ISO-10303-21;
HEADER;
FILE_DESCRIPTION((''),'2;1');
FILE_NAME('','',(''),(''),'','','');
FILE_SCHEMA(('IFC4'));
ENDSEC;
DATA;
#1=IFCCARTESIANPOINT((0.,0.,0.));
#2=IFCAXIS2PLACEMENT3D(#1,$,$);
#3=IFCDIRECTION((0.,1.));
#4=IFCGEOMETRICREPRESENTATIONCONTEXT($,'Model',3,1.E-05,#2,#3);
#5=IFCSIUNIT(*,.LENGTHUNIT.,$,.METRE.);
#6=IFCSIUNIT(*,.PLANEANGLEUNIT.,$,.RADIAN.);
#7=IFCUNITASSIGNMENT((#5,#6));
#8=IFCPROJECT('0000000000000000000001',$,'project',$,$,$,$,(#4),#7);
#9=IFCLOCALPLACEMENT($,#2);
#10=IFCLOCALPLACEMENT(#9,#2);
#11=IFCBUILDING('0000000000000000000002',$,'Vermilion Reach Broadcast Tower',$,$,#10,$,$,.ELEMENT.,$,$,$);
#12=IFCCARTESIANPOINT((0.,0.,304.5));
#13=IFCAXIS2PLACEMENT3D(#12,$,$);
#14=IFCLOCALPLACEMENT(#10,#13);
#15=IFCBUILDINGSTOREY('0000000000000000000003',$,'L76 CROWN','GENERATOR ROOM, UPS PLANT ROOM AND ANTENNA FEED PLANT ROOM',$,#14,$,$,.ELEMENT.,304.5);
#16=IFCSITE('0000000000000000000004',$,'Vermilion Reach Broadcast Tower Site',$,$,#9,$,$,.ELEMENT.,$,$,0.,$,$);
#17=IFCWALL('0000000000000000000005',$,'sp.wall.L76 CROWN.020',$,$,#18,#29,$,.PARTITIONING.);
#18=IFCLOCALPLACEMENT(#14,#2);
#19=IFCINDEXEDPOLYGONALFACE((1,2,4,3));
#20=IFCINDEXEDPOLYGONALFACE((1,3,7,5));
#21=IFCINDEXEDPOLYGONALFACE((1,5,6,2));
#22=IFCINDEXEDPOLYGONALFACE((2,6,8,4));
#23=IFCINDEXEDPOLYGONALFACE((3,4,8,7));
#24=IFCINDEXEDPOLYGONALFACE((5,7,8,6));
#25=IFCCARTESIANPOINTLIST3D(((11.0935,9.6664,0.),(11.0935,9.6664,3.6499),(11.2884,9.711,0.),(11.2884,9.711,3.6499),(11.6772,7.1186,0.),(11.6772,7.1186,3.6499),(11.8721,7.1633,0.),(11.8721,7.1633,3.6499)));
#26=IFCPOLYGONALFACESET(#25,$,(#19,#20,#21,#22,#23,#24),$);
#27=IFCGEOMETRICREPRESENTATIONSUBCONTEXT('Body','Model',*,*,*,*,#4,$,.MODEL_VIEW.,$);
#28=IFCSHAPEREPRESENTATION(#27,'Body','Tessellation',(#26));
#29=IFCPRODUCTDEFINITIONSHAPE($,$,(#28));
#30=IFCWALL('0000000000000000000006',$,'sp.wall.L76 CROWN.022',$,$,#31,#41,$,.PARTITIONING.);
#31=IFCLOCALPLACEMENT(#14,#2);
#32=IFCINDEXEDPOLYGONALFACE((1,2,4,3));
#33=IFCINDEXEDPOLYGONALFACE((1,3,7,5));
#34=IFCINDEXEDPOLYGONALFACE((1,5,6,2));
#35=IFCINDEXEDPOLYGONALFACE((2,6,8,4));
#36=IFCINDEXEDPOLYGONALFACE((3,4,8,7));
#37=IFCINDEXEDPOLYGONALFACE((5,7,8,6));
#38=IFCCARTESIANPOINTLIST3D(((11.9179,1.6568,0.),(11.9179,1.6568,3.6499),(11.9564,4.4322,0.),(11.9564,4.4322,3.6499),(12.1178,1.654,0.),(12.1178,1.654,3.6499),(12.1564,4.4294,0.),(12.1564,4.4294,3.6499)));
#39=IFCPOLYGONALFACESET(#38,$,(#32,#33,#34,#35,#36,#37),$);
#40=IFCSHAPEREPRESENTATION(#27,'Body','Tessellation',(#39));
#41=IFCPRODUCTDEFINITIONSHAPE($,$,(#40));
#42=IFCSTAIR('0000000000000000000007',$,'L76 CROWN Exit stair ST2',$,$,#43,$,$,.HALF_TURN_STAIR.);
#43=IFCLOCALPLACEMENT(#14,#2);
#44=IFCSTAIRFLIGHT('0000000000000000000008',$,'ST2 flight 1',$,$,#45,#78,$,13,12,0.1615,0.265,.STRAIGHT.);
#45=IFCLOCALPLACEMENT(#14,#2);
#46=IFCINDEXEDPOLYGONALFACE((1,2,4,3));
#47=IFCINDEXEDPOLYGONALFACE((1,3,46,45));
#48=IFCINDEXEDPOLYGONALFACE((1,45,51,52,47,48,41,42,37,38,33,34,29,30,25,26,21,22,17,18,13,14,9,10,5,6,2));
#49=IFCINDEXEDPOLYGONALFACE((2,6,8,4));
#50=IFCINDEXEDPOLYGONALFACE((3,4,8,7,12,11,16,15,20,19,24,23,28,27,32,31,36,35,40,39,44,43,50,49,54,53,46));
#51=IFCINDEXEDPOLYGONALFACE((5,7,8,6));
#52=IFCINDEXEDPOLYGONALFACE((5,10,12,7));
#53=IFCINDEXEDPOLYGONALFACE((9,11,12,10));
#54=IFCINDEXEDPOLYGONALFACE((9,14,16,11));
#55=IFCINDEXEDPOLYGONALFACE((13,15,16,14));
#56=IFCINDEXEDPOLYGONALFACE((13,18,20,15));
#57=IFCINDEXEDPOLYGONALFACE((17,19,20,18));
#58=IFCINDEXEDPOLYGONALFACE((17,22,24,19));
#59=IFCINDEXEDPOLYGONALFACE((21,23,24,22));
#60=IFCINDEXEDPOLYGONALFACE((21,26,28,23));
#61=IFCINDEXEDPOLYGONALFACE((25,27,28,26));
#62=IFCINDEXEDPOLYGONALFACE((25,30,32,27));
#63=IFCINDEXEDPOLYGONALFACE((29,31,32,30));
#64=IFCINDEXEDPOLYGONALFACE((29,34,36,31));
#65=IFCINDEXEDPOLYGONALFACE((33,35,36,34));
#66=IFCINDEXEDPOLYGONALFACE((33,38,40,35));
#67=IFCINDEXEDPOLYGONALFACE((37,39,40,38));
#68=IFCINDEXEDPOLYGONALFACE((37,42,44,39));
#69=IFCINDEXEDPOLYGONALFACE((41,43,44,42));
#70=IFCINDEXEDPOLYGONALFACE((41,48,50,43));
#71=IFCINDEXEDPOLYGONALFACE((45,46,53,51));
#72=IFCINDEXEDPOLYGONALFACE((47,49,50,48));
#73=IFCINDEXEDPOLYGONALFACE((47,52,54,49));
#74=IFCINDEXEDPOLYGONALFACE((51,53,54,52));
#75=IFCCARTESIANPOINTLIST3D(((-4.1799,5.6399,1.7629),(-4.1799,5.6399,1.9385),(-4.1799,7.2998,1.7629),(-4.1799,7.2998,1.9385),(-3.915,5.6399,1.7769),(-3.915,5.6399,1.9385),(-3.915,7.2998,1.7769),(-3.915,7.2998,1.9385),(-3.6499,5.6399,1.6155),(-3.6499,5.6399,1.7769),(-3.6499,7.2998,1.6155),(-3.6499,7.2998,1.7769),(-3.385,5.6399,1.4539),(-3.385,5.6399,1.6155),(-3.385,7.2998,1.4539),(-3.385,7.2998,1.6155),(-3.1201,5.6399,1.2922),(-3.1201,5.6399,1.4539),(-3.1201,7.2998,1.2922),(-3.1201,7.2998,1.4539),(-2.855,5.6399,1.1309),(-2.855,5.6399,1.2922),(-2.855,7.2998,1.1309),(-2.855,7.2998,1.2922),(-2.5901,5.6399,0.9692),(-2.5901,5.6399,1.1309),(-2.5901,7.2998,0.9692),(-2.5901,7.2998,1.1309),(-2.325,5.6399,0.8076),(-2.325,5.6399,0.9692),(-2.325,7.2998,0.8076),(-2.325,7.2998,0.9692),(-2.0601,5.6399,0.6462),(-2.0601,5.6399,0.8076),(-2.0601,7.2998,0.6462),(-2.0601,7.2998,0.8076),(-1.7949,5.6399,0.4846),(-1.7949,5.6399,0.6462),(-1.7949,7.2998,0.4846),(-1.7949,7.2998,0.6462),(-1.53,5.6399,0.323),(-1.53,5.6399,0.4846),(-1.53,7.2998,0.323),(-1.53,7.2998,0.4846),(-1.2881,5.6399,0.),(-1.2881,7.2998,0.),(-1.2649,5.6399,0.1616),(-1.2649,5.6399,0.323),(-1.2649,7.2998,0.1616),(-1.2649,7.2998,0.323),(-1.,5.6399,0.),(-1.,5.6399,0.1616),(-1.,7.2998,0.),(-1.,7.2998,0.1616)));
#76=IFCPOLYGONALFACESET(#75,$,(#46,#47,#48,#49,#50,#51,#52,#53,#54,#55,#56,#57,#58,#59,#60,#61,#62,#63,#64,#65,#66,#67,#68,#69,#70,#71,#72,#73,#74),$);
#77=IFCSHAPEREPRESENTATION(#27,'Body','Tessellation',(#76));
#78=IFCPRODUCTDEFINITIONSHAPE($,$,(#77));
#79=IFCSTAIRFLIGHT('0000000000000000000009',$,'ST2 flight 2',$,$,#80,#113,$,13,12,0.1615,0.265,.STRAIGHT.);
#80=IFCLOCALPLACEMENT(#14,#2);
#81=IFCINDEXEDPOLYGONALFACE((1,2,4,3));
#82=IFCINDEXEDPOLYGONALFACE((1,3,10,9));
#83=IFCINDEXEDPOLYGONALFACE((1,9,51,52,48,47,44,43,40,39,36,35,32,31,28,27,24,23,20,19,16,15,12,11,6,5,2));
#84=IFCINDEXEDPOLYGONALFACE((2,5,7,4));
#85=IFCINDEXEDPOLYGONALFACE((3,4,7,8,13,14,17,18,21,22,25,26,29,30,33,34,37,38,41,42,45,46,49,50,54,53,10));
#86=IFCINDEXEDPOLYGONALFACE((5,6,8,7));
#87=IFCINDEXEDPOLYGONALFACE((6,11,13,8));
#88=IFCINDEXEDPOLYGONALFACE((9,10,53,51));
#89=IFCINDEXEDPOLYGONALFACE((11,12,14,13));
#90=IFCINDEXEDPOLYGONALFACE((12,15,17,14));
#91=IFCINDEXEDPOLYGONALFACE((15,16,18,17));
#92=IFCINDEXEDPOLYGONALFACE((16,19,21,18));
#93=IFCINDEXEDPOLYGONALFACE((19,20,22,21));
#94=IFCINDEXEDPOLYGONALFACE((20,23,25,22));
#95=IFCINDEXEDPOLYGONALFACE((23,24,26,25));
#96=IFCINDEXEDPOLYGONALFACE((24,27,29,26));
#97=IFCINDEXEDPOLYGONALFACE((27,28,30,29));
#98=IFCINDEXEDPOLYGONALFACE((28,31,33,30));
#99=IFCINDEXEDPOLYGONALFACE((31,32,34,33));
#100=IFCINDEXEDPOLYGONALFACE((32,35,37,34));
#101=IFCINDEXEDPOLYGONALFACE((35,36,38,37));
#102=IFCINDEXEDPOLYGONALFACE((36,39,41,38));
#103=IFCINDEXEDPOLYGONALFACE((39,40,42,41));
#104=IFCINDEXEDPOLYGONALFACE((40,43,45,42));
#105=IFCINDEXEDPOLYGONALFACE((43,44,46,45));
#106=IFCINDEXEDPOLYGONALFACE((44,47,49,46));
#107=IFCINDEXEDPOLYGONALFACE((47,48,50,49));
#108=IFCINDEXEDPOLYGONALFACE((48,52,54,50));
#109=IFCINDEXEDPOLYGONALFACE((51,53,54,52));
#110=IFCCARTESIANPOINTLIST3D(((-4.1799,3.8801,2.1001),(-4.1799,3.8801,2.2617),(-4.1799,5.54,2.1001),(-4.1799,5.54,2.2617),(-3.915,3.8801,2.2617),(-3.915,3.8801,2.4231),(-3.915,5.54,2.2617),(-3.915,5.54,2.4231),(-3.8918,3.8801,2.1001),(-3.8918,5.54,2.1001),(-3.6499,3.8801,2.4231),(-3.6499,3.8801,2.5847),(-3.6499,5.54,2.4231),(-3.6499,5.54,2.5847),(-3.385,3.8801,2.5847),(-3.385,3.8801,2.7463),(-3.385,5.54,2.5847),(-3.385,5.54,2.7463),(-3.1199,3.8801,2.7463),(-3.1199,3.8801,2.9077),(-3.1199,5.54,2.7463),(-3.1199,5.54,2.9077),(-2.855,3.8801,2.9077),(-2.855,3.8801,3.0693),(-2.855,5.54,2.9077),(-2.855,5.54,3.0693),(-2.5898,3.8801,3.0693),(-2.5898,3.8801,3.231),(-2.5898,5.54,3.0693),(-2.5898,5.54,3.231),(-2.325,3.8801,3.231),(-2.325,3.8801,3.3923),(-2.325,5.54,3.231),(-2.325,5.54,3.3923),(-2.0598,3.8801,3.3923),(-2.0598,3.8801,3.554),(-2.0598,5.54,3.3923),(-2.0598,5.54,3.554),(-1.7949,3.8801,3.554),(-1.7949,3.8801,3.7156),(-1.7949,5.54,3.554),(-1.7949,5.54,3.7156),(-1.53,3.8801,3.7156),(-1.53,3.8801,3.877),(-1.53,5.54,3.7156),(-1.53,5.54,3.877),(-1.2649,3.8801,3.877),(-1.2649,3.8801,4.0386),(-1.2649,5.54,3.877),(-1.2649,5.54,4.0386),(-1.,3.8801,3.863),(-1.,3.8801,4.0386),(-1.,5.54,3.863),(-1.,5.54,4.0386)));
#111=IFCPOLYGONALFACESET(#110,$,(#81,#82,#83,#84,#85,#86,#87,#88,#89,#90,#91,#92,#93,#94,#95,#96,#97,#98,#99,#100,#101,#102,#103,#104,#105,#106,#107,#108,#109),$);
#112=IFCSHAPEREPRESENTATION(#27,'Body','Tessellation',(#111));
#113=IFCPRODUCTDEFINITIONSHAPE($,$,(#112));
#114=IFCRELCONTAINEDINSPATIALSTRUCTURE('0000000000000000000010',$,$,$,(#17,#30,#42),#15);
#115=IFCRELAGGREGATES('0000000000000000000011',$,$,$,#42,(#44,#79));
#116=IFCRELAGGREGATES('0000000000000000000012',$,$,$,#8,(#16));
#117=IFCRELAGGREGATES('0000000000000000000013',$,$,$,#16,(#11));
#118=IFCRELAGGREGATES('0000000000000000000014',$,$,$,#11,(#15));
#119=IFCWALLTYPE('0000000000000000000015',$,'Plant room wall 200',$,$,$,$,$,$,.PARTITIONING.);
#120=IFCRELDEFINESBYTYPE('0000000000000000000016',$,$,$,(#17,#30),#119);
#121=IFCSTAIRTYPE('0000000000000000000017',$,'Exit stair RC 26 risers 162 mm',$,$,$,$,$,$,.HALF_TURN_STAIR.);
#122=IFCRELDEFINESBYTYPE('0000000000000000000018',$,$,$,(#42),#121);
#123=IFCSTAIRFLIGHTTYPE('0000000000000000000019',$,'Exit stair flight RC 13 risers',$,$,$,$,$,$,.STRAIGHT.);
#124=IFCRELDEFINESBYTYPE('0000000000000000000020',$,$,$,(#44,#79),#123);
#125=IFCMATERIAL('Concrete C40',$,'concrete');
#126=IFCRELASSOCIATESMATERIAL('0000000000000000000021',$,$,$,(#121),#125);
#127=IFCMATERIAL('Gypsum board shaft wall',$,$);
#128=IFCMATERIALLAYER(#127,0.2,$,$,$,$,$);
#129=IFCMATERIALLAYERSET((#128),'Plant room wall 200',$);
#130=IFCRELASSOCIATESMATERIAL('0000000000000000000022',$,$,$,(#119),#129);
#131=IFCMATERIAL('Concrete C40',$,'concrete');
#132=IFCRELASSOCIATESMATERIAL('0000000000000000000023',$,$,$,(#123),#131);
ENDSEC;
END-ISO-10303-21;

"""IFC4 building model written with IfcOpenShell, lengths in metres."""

from ifc_helpers import new_model, si_unit, direction, frame, frame_2d, origin, place, context, subcontext, project, spatial, polyline, rectangle, outline, extrude, material, layer, layer_set, type_object, element, aggregate, save


model = new_model("IFC4")

# Units and contexts
model_context = context("Model", 3, precision=1e-05, world=origin(), true_north=direction((0.0, 1.0)))
body_context = subcontext(model_context, "Body", "Model", "MODEL_VIEW")
ifc_project = project(units=[si_unit("LENGTHUNIT", "METRE"), si_unit("PLANEANGLEUNIT", "RADIAN")], contexts=[model_context])

# Site, building, storey
site_placement = place(None, origin())
site = spatial("IfcSite", under=ifc_project, at=site_placement, Name="Vermilion Reach Broadcast Tower Site", CompositionType="ELEMENT", RefElevation=0.0)
building_placement = place(site_placement, origin())
building = spatial("IfcBuilding", under=site, at=building_placement, Name="Vermilion Reach Broadcast Tower", CompositionType="ELEMENT")
storey_placement = place(building_placement, frame((0.0, 0.0, 304.5)))
storey = spatial("IfcBuildingStorey", under=building, at=storey_placement, Name="L76 CROWN", Description="GENERATOR ROOM, UPS PLANT ROOM AND ANTENNA FEED PLANT ROOM", CompositionType="ELEMENT", Elevation=304.5)

# Shared definitions
ifc_material_1 = material(Name="Concrete C40", Category="concrete")
stair_type = type_object("IfcStairType", Name="Exit stair RC 26 risers 162 mm", PredefinedType="HALF_TURN_STAIR", material=ifc_material_1)
placement = place(storey_placement, origin())

# Wall
ifc_material_2 = material(Name="Gypsum board shaft wall")
ifc_layer_1 = layer(ifc_material_2, 0.2)
ifc_layer_set_1 = layer_set([ifc_layer_1], Name="Plant room wall 200")
wall_type_1 = type_object("IfcWallType", Name="Plant room wall 200", PredefinedType="PARTITIONING", material=ifc_layer_set_1)
wall_1_placement = place(storey_placement, frame((11.1909, 9.6887, 0.0), z_axis=(0.0, 0.0, 1.0), x_axis=(0.223324, -0.974744, 0.0)))
element("IfcWall", 1, at=wall_1_placement, inside=storey, type_object=wall_type_1, Name="sp.wall.L76 CROWN.020", PredefinedType="PARTITIONING", context=body_context, shape_type="SweptSolid", body=[
    extrude(rectangle(XDim=2.6138, YDim=0.2, at=frame_2d((1.3069, 0.0))), origin(), (0.0, 0.0, 1.0), 3.6499),
])

# Wall
wall_2_placement = place(storey_placement, frame((12.0178, 1.6555, 0.0), z_axis=(0.0, 0.0, 1.0), x_axis=(0.013897, 0.999903, 0.0)))
element("IfcWall", 2, at=wall_2_placement, inside=storey, type_object=wall_type_1, Name="sp.wall.L76 CROWN.022", PredefinedType="PARTITIONING", context=body_context, shape_type="SweptSolid", body=[
    extrude(rectangle(XDim=2.7756, YDim=0.2, at=frame_2d((1.3877, 0.0))), origin(), (0.0, 0.0, 1.0), 3.6499),
])

# Stair, stair flights
stair_1 = element("IfcStair", 3, at=placement, inside=storey, type_object=stair_type, Name="L76 CROWN Exit stair ST2", PredefinedType="HALF_TURN_STAIR")
ifc_material_3 = material(Name="Concrete C40", Category="concrete")
stair_flight_type = type_object("IfcStairFlightType", Name="Exit stair flight RC 13 risers", PredefinedType="STRAIGHT", material=ifc_material_3)
stair_flight_1_placement = place(storey_placement, frame((-1.0, 6.47, 0.0), z_axis=(0.0, 0.0, 1.0), x_axis=(-1.0, 0.0, 0.0)))
stair_flight_1 = element("IfcStairFlight", 4, at=stair_flight_1_placement, type_object=stair_flight_type, Name="ST2 flight 1", NumberOfRisers=13, NumberOfTreads=12, PredefinedType="STRAIGHT", RiserHeight=0.1615, TreadLength=0.265, context=body_context, shape_type="SweptSolid", body=[
    extrude(outline(polyline([(0.0, 0.0), (0.0, 0.1616), (0.2649, 0.1616), (0.2649, 0.323), (0.53, 0.323), (0.53, 0.4846), (0.7949, 0.4846), (0.7949, 0.6462), (1.0601, 0.6462), (1.0601, 0.8076), (1.325, 0.8076), (1.325, 0.9692), (1.5901, 0.9692), (1.5901, 1.1309), (1.855, 1.1309), (1.855, 1.2922), (2.1201, 1.2922), (2.1201, 1.4539), (2.385, 1.4539), (2.385, 1.6155), (2.6499, 1.6155), (2.6499, 1.7769), (2.915, 1.7769), (2.915, 1.9385), (3.1799, 1.9385), (3.1799, 2.1001), (3.1799, 1.7629), (0.2881, 0.0), (0.0, 0.0)])), frame((0.0, 0.8301, 0.0), z_axis=(0.0, -1.0, 0.0), x_axis=(1.0, 0.0, 0.0)), (0.0, 0.0, 1.0), 1.6599),
])
stair_flight_2_placement = place(storey_placement, frame((-4.1799, 4.71, 2.1001), z_axis=(0.0, 0.0, 1.0), x_axis=(1.0, 0.0, 0.0)))
stair_flight_2 = element("IfcStairFlight", 5, at=stair_flight_2_placement, type_object=stair_flight_type, Name="ST2 flight 2", NumberOfRisers=13, NumberOfTreads=12, PredefinedType="STRAIGHT", RiserHeight=0.1615, TreadLength=0.265, context=body_context, shape_type="SweptSolid", body=[
    extrude(outline(polyline([(0.0, 0.0), (0.0, 0.1616), (0.2649, 0.1616), (0.2649, 0.323), (0.53, 0.323), (0.53, 0.4846), (0.7949, 0.4846), (0.7949, 0.6462), (1.0601, 0.6462), (1.0601, 0.8076), (1.325, 0.8076), (1.325, 0.9692), (1.5901, 0.9692), (1.5901, 1.1309), (1.855, 1.1309), (1.855, 1.2922), (2.1201, 1.2922), (2.1201, 1.4539), (2.385, 1.4539), (2.385, 1.6155), (2.6499, 1.6155), (2.6499, 1.7769), (2.915, 1.7769), (2.915, 1.9385), (3.1799, 1.9385), (3.1799, 2.1001), (3.1799, 1.7629), (0.2881, 0.0), (0.0, 0.0)])), frame((0.0, 0.8301, 0.0), z_axis=(0.0, -1.0, 0.0), x_axis=(1.0, 0.0, 0.0)), (0.0, 0.0, 1.0), 1.6599),
])
aggregate(stair_1, [stair_flight_1, stair_flight_2])

save(model, "model.ifc")
